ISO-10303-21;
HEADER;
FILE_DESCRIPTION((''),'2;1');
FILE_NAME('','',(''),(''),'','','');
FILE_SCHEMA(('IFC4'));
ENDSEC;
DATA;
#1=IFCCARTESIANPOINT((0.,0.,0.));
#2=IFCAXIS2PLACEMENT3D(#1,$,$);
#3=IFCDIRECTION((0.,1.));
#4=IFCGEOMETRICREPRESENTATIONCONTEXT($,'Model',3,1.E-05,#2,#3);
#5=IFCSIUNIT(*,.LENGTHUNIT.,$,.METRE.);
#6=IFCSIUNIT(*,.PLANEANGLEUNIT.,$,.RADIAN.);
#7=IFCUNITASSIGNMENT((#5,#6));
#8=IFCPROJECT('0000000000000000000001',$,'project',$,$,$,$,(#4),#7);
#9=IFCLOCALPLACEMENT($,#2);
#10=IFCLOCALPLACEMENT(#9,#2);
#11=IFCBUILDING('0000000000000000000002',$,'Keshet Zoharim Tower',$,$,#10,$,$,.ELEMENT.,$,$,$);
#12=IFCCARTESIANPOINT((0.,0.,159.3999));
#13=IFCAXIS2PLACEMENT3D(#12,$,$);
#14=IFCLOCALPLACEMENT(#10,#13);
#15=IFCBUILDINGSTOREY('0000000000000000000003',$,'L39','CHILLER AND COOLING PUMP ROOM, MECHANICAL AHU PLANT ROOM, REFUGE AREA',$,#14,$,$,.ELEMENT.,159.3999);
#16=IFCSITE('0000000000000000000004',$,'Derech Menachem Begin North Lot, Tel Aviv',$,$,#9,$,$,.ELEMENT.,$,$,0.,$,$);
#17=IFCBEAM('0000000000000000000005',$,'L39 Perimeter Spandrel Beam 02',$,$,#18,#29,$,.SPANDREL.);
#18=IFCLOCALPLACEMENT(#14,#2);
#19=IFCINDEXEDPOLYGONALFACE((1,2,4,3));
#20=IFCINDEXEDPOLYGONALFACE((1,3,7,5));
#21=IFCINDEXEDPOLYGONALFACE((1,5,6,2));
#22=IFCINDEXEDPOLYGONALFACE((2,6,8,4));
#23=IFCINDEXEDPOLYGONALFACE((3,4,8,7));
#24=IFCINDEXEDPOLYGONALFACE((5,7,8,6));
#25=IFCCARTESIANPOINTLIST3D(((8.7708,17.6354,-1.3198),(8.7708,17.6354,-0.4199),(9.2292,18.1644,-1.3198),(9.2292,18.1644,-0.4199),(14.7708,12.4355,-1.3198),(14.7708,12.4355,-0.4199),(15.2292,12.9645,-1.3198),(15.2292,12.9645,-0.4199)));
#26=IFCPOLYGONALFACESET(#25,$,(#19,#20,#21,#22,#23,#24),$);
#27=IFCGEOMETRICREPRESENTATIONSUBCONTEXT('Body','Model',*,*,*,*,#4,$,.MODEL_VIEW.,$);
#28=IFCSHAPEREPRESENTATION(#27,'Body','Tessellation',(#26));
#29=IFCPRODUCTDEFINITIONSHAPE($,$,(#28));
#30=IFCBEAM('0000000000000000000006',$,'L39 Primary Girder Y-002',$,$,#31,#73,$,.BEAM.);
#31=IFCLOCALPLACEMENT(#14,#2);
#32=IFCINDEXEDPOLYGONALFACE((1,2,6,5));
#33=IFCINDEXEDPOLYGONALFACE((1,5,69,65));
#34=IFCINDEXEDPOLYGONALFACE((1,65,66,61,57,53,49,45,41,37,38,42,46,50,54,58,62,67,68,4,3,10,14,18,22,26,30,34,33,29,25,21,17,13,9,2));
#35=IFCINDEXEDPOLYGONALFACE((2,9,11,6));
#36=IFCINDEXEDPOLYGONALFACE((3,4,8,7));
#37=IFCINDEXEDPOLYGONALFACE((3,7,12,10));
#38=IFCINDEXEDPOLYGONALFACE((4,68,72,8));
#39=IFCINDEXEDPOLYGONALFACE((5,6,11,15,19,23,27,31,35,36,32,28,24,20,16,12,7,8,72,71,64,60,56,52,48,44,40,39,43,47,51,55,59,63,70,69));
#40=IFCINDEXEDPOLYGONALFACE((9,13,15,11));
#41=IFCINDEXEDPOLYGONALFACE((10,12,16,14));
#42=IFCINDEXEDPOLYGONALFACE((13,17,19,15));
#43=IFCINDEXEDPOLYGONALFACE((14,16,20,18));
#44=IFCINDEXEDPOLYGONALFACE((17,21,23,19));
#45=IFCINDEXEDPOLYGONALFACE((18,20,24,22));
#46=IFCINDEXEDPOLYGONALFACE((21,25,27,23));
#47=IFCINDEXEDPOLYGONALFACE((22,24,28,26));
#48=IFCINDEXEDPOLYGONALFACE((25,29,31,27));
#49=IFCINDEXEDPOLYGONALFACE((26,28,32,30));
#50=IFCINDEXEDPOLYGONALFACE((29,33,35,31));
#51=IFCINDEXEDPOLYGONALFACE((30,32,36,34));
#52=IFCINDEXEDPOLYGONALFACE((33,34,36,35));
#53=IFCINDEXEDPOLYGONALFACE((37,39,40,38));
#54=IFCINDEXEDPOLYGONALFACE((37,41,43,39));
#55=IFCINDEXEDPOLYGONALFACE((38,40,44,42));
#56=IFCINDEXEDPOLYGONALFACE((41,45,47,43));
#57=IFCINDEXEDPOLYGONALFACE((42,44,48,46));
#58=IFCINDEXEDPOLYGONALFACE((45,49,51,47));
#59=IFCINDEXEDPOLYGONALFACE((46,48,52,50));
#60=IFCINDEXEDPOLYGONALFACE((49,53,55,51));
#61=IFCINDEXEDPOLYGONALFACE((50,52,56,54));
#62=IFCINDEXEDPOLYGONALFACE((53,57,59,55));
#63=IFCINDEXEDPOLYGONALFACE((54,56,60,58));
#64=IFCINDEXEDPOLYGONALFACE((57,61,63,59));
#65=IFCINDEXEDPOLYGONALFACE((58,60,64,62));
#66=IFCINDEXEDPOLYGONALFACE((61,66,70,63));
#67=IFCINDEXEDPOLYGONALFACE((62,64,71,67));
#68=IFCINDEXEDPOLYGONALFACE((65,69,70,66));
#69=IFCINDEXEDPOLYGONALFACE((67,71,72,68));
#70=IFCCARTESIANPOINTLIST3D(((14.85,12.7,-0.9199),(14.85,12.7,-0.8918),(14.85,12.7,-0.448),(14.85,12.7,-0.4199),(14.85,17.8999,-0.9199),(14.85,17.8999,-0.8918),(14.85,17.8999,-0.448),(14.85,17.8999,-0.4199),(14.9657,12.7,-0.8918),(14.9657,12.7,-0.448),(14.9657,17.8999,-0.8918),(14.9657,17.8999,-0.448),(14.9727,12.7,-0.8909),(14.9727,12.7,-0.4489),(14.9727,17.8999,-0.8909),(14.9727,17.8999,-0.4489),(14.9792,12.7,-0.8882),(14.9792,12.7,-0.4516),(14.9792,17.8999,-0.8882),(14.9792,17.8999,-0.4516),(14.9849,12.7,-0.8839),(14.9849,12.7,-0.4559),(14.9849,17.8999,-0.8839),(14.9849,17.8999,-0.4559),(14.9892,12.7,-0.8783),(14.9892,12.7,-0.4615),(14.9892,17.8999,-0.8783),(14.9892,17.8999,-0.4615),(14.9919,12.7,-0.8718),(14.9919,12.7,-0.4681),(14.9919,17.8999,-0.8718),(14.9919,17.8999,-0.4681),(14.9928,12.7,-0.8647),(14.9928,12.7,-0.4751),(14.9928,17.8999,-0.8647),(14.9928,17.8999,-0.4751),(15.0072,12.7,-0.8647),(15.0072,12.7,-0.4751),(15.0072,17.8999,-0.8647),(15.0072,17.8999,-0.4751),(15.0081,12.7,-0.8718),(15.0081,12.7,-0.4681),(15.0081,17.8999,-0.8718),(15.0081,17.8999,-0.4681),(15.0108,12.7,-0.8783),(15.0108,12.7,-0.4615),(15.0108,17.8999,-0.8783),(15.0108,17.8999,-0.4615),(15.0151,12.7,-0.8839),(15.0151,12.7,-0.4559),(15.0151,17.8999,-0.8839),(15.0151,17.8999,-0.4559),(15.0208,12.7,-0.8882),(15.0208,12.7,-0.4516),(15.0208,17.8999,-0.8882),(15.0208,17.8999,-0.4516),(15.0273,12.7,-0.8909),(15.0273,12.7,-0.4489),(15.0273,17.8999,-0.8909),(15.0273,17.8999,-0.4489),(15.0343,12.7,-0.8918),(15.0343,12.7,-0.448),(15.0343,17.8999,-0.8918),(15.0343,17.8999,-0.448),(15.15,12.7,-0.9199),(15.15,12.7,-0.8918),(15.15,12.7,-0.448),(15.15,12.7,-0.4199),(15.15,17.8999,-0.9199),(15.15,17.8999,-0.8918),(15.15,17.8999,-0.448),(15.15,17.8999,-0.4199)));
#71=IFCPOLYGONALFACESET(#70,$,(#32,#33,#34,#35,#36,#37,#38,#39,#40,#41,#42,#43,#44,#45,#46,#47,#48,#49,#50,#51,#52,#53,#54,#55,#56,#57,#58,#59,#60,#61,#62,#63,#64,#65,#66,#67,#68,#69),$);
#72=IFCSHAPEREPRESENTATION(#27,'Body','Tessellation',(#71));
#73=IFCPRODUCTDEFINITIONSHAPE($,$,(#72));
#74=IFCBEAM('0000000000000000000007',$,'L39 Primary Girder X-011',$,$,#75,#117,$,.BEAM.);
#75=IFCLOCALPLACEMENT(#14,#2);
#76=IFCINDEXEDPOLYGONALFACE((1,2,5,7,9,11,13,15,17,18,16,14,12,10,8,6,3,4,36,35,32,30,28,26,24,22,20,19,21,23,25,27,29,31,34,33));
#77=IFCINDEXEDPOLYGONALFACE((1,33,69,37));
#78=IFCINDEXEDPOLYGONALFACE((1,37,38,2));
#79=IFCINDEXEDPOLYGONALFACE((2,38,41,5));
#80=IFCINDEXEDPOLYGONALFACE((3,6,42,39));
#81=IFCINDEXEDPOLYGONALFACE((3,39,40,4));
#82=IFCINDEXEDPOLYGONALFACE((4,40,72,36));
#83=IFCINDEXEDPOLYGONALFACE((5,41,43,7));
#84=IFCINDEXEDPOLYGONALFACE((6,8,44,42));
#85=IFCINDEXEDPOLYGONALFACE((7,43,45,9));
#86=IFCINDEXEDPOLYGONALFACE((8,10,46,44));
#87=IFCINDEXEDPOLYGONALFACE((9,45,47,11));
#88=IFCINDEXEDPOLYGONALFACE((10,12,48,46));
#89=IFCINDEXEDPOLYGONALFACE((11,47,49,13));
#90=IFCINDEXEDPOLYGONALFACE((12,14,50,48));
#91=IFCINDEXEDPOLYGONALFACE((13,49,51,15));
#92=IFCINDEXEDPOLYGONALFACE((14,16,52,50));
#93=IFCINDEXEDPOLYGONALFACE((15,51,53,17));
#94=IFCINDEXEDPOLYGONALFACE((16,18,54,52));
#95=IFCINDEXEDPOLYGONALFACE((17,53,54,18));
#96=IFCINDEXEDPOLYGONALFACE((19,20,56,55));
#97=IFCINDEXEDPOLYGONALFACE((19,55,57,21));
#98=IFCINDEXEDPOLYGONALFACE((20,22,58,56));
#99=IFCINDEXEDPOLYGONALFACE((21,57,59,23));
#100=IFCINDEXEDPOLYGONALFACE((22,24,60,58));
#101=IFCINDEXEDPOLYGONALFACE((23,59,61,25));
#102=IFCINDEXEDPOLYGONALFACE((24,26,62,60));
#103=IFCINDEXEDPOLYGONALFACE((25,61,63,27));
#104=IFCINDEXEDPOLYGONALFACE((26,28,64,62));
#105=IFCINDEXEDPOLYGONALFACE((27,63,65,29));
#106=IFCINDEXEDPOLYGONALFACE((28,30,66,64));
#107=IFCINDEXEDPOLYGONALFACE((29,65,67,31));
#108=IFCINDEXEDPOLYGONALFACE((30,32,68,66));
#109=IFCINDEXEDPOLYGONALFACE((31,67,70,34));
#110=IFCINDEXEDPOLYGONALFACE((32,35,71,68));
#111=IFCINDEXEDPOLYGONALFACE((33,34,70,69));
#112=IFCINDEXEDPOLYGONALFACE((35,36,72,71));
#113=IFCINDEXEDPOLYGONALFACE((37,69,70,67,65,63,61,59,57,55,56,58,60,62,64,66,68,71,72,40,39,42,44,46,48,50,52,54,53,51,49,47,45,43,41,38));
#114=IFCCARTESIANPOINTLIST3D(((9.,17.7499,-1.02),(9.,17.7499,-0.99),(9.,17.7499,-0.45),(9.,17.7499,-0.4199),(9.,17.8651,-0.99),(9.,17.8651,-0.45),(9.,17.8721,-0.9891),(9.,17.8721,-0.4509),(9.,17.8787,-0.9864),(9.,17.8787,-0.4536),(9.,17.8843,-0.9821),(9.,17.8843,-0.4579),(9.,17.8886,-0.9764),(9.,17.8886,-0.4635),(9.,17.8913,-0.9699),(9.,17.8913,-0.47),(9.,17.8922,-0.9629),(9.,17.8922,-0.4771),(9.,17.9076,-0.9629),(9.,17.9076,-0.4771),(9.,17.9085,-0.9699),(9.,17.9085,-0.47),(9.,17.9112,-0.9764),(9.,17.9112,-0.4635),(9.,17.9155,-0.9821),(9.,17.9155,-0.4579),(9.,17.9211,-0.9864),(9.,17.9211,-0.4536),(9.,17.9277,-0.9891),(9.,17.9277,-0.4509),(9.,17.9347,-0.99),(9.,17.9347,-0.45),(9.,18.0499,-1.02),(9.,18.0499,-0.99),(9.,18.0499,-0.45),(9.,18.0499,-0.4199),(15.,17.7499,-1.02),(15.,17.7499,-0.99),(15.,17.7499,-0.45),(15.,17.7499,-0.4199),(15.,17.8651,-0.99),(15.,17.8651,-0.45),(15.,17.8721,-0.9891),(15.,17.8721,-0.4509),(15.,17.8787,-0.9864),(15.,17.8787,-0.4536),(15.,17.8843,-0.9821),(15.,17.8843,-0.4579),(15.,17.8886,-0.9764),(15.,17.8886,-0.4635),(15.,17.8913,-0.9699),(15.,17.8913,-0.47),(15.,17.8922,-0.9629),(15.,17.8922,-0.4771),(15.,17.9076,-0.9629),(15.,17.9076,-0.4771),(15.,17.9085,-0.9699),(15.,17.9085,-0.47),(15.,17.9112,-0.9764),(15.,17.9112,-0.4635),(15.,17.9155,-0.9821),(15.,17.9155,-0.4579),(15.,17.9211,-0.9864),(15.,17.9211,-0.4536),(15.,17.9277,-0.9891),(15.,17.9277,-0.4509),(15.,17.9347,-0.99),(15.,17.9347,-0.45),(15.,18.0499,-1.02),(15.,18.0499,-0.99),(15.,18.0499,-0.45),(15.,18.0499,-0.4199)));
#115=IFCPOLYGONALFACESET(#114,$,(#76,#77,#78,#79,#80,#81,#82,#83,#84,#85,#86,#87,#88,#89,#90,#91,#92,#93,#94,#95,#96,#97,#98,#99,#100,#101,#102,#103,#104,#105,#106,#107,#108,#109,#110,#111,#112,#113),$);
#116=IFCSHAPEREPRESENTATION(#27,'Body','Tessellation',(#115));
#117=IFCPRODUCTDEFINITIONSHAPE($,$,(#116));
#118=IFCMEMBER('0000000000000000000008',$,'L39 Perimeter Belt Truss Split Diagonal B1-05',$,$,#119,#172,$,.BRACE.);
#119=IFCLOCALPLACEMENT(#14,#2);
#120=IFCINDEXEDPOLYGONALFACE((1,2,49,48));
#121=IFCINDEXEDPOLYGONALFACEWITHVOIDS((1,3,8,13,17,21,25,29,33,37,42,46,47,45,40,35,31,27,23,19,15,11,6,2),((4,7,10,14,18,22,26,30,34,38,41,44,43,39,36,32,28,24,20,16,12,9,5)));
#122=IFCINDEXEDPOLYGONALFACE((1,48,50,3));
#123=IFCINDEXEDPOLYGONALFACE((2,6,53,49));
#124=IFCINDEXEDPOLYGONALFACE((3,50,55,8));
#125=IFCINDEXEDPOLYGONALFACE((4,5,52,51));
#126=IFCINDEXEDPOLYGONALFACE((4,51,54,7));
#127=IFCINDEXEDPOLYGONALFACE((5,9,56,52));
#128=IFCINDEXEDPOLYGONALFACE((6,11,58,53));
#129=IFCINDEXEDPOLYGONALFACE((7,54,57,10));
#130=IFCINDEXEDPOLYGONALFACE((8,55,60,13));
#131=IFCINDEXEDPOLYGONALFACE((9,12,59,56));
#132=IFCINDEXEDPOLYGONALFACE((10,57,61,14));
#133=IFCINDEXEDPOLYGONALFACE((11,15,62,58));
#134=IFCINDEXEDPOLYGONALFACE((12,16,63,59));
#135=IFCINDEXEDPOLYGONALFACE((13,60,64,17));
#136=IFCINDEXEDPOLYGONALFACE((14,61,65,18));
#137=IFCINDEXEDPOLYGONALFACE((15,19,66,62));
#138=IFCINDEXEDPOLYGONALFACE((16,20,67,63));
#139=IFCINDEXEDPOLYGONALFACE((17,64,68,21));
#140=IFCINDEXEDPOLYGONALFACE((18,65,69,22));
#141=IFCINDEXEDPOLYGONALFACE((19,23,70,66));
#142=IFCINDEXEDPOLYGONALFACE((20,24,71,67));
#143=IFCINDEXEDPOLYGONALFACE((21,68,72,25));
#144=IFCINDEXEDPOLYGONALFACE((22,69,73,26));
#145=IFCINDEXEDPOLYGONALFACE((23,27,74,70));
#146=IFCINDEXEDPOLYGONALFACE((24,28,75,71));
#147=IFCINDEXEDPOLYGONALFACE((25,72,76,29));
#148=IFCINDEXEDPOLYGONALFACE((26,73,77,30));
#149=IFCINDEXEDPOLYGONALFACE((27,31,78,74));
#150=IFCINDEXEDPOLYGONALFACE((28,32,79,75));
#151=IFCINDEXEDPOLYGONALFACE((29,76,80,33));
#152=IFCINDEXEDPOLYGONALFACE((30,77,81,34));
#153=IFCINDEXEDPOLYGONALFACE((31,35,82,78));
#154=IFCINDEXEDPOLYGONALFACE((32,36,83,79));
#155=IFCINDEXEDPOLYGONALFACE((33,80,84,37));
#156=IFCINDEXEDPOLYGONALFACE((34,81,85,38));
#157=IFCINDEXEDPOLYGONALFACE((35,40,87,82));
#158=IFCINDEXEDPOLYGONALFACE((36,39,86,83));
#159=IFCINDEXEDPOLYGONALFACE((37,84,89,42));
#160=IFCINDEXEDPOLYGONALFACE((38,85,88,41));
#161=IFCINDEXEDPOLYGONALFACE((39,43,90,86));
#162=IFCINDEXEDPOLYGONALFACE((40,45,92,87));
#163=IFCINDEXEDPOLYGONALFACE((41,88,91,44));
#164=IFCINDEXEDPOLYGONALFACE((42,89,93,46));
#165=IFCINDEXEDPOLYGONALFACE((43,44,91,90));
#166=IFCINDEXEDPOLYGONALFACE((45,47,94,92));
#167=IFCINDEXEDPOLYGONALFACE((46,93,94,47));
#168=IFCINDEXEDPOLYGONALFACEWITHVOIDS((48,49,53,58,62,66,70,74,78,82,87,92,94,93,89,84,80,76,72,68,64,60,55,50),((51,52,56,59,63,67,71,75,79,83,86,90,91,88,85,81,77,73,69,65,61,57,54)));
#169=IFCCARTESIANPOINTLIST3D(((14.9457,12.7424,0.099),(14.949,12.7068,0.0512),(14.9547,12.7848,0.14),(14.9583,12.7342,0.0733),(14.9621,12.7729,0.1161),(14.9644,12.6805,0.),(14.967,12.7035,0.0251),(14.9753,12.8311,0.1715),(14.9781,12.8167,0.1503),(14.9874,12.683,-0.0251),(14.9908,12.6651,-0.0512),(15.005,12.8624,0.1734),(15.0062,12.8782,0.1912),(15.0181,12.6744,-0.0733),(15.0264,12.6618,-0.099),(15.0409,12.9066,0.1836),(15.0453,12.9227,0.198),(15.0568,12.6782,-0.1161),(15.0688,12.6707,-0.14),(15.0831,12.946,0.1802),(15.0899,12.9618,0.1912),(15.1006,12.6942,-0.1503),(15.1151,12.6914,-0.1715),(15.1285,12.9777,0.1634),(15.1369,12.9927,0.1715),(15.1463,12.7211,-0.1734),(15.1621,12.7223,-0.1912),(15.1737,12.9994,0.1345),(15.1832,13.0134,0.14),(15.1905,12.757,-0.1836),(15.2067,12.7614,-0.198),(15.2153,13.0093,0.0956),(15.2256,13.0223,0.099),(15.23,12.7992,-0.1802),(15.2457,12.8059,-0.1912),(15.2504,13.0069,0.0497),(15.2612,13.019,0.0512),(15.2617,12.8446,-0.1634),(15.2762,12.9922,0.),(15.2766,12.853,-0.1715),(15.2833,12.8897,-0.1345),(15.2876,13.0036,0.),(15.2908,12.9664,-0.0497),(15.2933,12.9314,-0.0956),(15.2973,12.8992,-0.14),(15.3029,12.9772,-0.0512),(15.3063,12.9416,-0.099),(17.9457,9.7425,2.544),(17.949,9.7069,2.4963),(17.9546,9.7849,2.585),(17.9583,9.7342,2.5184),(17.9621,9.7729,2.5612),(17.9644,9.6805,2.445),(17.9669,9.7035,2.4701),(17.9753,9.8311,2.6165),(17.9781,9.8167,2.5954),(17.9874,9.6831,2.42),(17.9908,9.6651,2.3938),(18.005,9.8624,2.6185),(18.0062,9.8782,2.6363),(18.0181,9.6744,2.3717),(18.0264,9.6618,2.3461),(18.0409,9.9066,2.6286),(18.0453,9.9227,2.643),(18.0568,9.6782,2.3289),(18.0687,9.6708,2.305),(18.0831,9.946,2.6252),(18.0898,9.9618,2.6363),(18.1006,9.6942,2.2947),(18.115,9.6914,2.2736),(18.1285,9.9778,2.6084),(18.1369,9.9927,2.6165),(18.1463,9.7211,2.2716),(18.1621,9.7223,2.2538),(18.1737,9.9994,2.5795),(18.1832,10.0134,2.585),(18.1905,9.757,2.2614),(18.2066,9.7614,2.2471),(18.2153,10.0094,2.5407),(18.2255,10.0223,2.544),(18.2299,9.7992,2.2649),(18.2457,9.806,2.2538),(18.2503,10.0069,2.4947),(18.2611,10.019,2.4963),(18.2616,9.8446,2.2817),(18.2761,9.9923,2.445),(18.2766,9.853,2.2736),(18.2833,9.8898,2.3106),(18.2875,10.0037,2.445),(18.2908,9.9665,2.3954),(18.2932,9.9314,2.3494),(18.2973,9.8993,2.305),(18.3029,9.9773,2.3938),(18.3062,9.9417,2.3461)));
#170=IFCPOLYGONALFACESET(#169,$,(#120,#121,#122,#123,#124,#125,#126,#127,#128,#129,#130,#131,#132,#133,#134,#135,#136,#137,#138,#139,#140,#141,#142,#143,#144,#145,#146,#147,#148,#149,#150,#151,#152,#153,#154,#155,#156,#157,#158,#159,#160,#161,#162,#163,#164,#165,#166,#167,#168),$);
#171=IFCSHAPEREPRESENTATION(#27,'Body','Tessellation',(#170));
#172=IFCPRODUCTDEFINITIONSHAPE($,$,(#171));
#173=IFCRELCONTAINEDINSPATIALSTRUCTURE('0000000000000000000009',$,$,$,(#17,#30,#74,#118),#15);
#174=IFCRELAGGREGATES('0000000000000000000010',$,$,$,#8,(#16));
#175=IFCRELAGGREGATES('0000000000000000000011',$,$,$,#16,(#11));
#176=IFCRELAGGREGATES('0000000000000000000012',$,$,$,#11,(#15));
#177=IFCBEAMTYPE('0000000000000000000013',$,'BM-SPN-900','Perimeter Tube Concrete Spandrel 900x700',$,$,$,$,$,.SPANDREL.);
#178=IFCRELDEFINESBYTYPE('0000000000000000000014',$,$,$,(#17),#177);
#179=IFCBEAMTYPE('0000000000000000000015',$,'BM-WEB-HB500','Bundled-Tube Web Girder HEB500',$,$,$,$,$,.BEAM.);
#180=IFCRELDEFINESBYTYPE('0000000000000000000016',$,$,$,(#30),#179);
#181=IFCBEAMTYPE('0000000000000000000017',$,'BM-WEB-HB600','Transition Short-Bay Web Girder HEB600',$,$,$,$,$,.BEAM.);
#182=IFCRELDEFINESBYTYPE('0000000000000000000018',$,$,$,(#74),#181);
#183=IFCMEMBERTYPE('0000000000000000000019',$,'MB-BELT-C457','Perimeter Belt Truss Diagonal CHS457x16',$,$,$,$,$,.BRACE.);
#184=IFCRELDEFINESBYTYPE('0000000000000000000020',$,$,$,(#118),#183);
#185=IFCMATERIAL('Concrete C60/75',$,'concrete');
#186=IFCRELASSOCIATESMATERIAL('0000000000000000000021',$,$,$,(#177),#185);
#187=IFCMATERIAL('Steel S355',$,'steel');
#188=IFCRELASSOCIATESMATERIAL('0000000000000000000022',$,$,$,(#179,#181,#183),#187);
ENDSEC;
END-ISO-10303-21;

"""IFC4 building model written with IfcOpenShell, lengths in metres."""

from ifc_helpers import new_model, si_unit, direction, frame, origin, origin_2d, place, context, subcontext, project, spatial, rectangle, hollow_circle, i_section, extrude, material, material_profile, profile_set, type_object, element, save


model = new_model("IFC4")

# Units and contexts
model_context = context("Model", 3, precision=1e-05, world=origin(), true_north=direction((0.0, 1.0)))
body_context = subcontext(model_context, "Body", "Model", "MODEL_VIEW")
ifc_project = project(units=[si_unit("LENGTHUNIT", "METRE"), si_unit("PLANEANGLEUNIT", "RADIAN")], contexts=[model_context])

# Site, building, storey
site_placement = place(None, origin())
site = spatial("IfcSite", under=ifc_project, at=site_placement, Name="Derech Menachem Begin North Lot, Tel Aviv", CompositionType="ELEMENT", RefElevation=0.0)
building_placement = place(site_placement, origin())
building = spatial("IfcBuilding", under=site, at=building_placement, Name="Keshet Zoharim Tower", CompositionType="ELEMENT")
storey_placement = place(building_placement, frame((0.0, 0.0, 159.3999)))
storey = spatial("IfcBuildingStorey", under=building, at=storey_placement, Name="L39", Description="CHILLER AND COOLING PUMP ROOM, MECHANICAL AHU PLANT ROOM, REFUGE AREA", CompositionType="ELEMENT", Elevation=159.3999)

# Shared definitions
ifc_material_1 = material(Name="Steel S355", Category="steel")

# Beams
ifc_material_2 = material(Name="Concrete C60/75", Category="concrete")
ifc_material_profile_1 = material_profile(ifc_material_2, rectangle(XDim=0.7, YDim=0.8999, at=origin_2d()), Name="RC900x700")
ifc_profile_set_1 = profile_set([ifc_material_profile_1], Name="Concrete C60/75")
beam_type_1 = type_object("IfcBeamType", Name="BM-SPN-900", Description="Perimeter Tube Concrete Spandrel 900x700", PredefinedType="SPANDREL", material=ifc_profile_set_1)
beam_1_placement = place(storey_placement, frame((9.0, 17.8999, -0.8699), z_axis=(0.755692, -0.654927, 0.0), x_axis=(0.654927, 0.755692, 0.0)))
element("IfcBeam", 1, at=beam_1_placement, inside=storey, type_object=beam_type_1, Name="L39 Perimeter Spandrel Beam 02", PredefinedType="SPANDREL", context=body_context, shape_type="SweptSolid", body=[
    extrude(rectangle(XDim=0.7, YDim=0.8999, at=origin_2d()), origin(), (0.0, 0.0, 1.0), 7.9397),
])
ifc_material_profile_2 = material_profile(ifc_material_1, i_section(OverallWidth=0.3, OverallDepth=0.5, WebThickness=0.0144, FlangeThickness=0.0281, FilletRadius=0.0271, at=origin_2d()), Name="HEB500")
ifc_profile_set_2 = profile_set([ifc_material_profile_2], Name="Steel S355")
beam_type_2 = type_object("IfcBeamType", Name="BM-WEB-HB500", Description="Bundled-Tube Web Girder HEB500", PredefinedType="BEAM", material=ifc_profile_set_2)
beam_2_placement = place(storey_placement, frame((15.0, 12.7, -0.6699), z_axis=(0.0, 1.0, 0.0), x_axis=(-1.0, 0.0, 0.0)))
element("IfcBeam", 2, at=beam_2_placement, inside=storey, type_object=beam_type_2, Name="L39 Primary Girder Y-002", PredefinedType="BEAM", context=body_context, shape_type="SweptSolid", body=[
    extrude(i_section(OverallWidth=0.3, OverallDepth=0.5, WebThickness=0.0144, FlangeThickness=0.0281, FilletRadius=0.0271, at=origin_2d()), origin(), (0.0, 0.0, 1.0), 5.2),
])
ifc_material_profile_3 = material_profile(ifc_material_1, i_section(OverallWidth=0.3, OverallDepth=0.6001, WebThickness=0.0154, FlangeThickness=0.03, FilletRadius=0.0271, at=origin_2d()), Name="HEB600")
ifc_profile_set_3 = profile_set([ifc_material_profile_3], Name="Steel S355")
beam_type_3 = type_object("IfcBeamType", Name="BM-WEB-HB600", Description="Transition Short-Bay Web Girder HEB600", PredefinedType="BEAM", material=ifc_profile_set_3)
beam_3_placement = place(storey_placement, frame((9.0, 17.8999, -0.72), z_axis=(1.0, 0.0, 0.0), x_axis=(0.0, 1.0, 0.0)))
element("IfcBeam", 3, at=beam_3_placement, inside=storey, type_object=beam_type_3, Name="L39 Primary Girder X-011", PredefinedType="BEAM", context=body_context, shape_type="SweptSolid", body=[
    extrude(i_section(OverallWidth=0.3, OverallDepth=0.6001, WebThickness=0.0154, FlangeThickness=0.03, FilletRadius=0.0271, at=origin_2d()), origin(), (0.0, 0.0, 1.0), 6.0),
])

# Member
ifc_material_profile_4 = material_profile(ifc_material_1, hollow_circle(Radius=0.2285, WallThickness=0.0161, at=origin_2d()), Name="CHS457x16")
ifc_profile_set_4 = profile_set([ifc_material_profile_4], Name="Steel S355")
member_type_1 = type_object("IfcMemberType", Name="MB-BELT-C457", Description="Perimeter Belt Truss Diagonal CHS457x16", PredefinedType="BRACE", material=ifc_profile_set_4)
member_1_placement = place(storey_placement, frame((15.126, 12.842, 0.0), z_axis=(0.612649, -0.612649, 0.499323), x_axis=(0.707107, 0.707107, 0.0)))
element("IfcMember", 4, at=member_1_placement, inside=storey, type_object=member_type_1, Name="L39 Perimeter Belt Truss Split Diagonal B1-05", PredefinedType="BRACE", context=body_context, shape_type="SweptSolid", body=[
    extrude(hollow_circle(Radius=0.2285, WallThickness=0.0161, at=origin_2d()), origin(), (0.0, 0.0, 1.0), 4.8967),
])

save(model, "model.ifc")
